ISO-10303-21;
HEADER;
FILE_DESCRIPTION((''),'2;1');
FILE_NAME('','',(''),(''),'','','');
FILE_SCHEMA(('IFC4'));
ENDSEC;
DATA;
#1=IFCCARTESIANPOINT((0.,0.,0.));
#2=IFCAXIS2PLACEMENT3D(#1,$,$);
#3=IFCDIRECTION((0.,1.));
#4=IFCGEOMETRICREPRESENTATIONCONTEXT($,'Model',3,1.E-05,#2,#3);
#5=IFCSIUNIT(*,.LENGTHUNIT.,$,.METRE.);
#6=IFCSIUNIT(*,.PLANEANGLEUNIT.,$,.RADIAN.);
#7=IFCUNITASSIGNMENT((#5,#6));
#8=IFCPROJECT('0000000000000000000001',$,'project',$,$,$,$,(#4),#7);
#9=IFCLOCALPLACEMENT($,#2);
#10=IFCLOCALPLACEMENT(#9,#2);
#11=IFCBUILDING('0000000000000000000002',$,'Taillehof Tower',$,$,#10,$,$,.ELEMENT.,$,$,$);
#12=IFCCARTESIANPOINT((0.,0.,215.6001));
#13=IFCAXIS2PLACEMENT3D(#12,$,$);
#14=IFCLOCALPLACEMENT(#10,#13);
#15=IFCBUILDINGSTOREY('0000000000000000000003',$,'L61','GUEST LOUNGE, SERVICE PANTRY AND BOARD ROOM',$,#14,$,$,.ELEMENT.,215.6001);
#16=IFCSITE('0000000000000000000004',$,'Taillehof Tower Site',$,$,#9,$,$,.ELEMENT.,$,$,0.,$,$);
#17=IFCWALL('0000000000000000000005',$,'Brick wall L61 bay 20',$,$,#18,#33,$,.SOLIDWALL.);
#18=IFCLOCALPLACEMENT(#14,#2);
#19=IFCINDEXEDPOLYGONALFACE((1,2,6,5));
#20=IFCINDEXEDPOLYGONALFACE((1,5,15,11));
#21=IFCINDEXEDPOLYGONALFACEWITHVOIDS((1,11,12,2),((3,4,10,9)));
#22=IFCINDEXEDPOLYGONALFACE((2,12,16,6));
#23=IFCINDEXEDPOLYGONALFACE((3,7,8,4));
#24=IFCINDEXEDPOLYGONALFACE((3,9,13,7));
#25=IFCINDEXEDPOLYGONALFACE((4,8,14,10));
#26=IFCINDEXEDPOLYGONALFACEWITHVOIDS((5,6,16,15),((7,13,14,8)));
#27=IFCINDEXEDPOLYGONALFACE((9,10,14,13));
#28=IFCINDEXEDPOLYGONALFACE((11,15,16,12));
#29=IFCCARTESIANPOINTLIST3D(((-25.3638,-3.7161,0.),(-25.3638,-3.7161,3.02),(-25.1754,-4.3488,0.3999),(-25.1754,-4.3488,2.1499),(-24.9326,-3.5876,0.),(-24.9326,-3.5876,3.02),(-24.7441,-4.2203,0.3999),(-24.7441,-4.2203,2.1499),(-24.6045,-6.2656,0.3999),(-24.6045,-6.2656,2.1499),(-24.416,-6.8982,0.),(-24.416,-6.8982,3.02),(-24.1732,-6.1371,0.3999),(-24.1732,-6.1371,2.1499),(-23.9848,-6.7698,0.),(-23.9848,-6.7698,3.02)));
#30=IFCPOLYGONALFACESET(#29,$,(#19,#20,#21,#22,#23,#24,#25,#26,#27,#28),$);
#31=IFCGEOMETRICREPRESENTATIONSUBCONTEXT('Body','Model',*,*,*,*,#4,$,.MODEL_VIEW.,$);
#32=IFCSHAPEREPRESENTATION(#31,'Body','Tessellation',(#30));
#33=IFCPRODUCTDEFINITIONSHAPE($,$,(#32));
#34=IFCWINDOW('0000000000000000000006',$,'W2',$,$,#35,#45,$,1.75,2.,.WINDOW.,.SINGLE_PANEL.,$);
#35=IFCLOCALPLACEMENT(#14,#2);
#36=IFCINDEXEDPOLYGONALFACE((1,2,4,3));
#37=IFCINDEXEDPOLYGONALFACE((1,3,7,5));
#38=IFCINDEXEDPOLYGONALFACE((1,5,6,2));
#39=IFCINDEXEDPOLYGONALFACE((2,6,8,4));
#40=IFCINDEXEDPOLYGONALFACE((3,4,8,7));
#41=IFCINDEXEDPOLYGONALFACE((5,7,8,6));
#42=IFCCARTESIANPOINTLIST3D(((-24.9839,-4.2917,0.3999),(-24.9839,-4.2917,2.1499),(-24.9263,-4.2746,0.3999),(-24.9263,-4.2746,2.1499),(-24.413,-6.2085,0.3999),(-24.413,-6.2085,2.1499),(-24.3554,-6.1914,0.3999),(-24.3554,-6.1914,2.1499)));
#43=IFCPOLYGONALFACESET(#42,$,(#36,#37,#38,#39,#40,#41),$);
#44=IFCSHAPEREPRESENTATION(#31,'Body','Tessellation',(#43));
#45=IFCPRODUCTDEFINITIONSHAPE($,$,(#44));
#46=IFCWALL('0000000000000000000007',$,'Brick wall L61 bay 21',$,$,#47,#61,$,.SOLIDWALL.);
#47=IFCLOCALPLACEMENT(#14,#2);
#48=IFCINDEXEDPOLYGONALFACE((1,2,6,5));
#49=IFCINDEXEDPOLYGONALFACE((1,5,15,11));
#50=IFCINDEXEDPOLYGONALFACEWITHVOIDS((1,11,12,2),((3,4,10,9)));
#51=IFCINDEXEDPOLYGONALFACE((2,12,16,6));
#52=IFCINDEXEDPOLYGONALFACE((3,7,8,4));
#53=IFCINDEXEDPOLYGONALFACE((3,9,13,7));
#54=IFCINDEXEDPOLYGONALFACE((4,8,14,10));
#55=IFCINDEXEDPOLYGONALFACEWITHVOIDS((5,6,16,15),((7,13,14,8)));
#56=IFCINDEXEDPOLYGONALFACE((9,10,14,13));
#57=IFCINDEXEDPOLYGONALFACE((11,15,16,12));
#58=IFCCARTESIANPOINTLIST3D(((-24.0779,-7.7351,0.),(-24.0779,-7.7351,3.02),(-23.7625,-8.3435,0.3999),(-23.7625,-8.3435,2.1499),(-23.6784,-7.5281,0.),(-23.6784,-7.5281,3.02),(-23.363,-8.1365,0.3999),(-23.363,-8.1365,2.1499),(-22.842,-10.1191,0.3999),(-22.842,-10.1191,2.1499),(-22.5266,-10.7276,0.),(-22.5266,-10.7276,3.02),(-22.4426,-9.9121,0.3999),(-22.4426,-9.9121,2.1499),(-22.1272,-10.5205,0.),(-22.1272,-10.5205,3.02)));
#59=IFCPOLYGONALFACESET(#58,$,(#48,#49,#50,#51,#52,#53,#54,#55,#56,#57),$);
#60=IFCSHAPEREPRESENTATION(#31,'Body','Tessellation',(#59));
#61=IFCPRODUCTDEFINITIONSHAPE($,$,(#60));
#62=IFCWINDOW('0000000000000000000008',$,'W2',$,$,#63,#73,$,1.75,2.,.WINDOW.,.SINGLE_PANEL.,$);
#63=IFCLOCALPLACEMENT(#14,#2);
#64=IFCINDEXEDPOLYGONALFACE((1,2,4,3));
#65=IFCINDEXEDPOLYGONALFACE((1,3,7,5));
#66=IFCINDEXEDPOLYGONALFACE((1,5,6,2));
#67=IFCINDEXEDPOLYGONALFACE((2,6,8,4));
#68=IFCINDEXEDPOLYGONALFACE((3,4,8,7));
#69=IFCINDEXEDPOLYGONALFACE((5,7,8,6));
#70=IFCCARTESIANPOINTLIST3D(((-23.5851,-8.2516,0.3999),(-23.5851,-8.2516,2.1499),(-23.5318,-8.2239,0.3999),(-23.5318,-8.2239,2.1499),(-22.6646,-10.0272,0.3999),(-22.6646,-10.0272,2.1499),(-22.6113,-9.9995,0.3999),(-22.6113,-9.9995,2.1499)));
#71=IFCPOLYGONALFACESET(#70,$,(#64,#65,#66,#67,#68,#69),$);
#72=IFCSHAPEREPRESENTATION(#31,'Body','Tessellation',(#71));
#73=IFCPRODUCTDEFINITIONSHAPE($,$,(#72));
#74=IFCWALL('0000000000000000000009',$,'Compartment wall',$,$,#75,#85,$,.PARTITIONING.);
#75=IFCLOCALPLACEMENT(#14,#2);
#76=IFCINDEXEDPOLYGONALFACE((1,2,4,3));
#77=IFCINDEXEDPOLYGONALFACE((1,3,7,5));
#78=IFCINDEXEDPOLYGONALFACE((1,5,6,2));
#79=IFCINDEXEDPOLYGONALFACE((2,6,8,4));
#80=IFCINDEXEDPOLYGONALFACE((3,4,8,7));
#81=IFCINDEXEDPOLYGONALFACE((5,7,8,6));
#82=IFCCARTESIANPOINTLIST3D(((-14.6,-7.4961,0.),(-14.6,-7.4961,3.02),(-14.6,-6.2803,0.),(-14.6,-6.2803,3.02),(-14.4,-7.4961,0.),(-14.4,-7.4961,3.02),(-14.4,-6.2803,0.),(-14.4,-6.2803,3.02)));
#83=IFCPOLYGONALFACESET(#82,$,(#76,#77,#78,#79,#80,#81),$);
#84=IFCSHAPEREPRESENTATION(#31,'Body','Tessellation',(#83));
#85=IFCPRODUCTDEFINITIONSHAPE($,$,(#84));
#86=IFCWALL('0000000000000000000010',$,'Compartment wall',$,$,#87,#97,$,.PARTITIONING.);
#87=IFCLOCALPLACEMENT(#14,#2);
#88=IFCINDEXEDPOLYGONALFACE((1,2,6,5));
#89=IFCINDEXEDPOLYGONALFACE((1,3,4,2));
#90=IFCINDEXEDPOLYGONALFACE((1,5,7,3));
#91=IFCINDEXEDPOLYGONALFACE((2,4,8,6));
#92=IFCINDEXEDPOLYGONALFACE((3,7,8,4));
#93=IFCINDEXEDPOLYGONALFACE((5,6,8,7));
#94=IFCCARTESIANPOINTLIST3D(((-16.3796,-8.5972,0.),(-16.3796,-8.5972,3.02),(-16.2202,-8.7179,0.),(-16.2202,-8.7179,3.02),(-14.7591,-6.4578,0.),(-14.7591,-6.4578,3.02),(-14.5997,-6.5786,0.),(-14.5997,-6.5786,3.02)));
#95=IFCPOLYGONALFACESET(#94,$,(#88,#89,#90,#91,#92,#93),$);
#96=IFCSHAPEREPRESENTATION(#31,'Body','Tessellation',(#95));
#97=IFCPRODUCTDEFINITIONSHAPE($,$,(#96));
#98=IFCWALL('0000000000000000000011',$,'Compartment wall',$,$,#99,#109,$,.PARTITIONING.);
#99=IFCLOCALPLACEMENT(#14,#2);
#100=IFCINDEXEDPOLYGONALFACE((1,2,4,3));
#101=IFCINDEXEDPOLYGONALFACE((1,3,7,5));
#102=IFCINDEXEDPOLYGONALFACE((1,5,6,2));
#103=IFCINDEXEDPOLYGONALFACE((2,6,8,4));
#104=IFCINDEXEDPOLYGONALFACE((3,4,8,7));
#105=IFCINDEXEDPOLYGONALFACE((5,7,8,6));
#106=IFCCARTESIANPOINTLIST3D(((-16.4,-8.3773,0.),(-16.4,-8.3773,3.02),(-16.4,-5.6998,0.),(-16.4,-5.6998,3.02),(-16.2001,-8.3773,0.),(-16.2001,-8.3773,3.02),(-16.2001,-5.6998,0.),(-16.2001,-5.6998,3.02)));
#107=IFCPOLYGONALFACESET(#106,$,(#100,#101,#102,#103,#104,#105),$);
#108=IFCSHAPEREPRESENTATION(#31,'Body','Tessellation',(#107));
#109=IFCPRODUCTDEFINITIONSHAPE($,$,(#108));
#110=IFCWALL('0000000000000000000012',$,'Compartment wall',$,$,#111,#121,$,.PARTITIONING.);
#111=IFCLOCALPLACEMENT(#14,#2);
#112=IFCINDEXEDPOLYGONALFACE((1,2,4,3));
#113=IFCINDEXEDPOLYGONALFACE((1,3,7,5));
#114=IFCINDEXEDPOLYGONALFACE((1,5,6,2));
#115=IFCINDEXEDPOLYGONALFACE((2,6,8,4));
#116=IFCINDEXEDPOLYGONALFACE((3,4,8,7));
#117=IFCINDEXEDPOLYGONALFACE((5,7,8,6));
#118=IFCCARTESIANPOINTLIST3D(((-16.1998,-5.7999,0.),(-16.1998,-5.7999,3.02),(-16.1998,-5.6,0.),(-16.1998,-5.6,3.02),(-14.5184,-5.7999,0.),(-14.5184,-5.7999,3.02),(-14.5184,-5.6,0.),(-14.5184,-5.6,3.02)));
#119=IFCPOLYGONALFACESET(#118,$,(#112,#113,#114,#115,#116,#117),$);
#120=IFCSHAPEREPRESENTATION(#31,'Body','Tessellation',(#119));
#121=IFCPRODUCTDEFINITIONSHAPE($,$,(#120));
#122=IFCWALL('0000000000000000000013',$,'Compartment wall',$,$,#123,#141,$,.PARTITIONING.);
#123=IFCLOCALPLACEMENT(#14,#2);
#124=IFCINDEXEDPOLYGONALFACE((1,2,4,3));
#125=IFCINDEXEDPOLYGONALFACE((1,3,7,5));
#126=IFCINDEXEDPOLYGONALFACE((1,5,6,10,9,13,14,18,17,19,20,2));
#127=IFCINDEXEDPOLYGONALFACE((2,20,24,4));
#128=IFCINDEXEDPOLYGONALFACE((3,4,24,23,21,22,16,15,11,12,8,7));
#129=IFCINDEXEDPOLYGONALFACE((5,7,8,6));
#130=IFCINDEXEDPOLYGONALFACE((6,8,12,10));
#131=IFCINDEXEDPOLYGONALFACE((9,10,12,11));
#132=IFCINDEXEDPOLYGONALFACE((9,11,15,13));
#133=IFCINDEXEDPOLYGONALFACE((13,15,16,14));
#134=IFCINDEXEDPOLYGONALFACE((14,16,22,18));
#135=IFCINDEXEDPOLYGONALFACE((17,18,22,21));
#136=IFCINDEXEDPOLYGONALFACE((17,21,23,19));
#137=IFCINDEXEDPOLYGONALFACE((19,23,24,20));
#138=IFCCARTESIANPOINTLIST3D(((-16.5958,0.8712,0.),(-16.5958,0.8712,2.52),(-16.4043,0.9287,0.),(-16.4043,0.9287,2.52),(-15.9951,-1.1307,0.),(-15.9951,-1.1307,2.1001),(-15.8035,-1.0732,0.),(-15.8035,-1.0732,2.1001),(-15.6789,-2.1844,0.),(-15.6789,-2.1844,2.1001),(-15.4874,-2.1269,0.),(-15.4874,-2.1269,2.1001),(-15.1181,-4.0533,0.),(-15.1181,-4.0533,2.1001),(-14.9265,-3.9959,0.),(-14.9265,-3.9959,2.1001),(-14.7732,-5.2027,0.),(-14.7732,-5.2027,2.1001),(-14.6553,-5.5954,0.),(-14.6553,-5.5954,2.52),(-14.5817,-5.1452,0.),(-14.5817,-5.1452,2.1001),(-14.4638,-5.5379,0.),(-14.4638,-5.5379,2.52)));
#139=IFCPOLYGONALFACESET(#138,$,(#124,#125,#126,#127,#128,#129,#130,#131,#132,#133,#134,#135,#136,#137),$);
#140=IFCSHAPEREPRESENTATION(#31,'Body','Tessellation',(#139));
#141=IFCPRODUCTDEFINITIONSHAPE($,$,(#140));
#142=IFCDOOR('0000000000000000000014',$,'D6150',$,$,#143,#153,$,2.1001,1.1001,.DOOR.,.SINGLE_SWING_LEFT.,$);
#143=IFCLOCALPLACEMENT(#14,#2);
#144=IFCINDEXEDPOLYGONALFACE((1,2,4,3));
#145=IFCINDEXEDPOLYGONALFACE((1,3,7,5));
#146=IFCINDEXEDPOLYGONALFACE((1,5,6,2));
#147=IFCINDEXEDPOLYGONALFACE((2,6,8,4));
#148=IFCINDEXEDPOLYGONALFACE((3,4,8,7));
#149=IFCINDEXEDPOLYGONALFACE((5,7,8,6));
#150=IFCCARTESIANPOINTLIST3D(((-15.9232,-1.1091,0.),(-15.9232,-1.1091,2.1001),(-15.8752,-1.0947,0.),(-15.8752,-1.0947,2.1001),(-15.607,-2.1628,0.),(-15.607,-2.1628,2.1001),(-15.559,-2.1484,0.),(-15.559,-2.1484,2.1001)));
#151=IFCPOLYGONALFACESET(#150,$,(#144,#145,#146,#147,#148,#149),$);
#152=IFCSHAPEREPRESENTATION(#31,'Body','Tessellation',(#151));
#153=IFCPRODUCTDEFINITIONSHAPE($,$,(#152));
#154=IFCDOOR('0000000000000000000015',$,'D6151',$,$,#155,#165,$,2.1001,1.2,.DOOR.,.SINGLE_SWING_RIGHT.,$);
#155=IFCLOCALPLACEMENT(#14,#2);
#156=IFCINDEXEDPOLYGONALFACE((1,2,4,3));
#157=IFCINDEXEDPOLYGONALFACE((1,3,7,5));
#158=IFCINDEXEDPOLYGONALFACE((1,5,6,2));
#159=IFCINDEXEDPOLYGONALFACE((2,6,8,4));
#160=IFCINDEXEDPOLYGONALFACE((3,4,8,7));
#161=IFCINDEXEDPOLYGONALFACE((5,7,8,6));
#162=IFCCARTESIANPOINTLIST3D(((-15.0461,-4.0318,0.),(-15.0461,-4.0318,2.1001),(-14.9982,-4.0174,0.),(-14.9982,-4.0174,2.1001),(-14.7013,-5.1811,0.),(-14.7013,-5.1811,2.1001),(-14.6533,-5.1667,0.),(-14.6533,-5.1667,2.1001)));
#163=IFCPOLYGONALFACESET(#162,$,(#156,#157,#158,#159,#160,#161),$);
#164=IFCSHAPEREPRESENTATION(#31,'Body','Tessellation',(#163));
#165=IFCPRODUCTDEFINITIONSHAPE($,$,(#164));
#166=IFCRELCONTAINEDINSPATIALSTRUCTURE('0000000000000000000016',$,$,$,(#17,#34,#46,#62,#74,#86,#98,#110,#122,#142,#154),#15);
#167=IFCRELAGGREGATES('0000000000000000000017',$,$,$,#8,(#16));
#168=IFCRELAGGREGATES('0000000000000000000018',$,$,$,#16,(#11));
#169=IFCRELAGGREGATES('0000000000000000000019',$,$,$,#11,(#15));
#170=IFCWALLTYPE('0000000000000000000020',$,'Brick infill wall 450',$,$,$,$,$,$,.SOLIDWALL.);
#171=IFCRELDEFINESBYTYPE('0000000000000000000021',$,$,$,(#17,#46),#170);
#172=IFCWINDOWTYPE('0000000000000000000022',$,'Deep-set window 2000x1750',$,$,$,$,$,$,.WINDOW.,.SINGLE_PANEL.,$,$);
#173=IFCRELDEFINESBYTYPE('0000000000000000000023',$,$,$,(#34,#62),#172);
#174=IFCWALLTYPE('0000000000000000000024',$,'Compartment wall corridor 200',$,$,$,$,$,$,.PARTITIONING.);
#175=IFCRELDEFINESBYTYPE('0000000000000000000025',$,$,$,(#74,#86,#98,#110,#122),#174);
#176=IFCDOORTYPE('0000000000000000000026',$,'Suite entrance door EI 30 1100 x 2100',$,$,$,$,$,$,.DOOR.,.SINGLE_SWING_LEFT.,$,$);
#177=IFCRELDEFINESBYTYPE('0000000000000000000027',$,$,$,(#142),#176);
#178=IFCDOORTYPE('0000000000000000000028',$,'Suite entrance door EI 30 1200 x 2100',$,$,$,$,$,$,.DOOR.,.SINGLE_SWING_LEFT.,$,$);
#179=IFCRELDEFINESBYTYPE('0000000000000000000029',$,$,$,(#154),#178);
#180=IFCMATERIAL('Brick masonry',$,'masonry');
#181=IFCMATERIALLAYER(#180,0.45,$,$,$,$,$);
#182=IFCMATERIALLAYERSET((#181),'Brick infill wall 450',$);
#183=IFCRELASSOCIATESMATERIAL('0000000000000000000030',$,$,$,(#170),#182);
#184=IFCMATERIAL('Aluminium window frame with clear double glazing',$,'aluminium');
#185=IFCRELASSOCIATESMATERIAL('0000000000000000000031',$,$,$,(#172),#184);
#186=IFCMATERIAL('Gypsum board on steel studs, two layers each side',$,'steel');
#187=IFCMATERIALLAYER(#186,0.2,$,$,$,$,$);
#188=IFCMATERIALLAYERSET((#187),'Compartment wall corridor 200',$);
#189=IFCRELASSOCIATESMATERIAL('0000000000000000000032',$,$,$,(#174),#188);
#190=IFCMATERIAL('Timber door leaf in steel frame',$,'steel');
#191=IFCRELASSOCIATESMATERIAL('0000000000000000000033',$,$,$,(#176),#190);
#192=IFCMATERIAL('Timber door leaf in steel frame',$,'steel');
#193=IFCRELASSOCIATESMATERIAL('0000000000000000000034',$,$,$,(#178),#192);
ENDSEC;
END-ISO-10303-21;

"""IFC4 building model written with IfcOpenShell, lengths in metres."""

from ifc_helpers import new_model, si_unit, direction, frame, frame_2d, origin, place, context, subcontext, project, spatial, rectangle, extrude, material, layer, layer_set, type_object, element, fill, save


model = new_model("IFC4")

# Units and contexts
model_context = context("Model", 3, precision=1e-05, world=origin(), true_north=direction((0.0, 1.0)))
body_context = subcontext(model_context, "Body", "Model", "MODEL_VIEW")
ifc_project = project(units=[si_unit("LENGTHUNIT", "METRE"), si_unit("PLANEANGLEUNIT", "RADIAN")], contexts=[model_context])

# Site, building, storey
site_placement = place(None, origin())
site = spatial("IfcSite", under=ifc_project, at=site_placement, Name="Taillehof Tower Site", CompositionType="ELEMENT", RefElevation=0.0)
building_placement = place(site_placement, origin())
building = spatial("IfcBuilding", under=site, at=building_placement, Name="Taillehof Tower", CompositionType="ELEMENT")
storey_placement = place(building_placement, frame((0.0, 0.0, 215.6001)))
storey = spatial("IfcBuildingStorey", under=building, at=storey_placement, Name="L61", Description="GUEST LOUNGE, SERVICE PANTRY AND BOARD ROOM", CompositionType="ELEMENT", Elevation=215.6001)

# Walls, openings, windows
ifc_material_1 = material(Name="Brick masonry", Category="masonry")
ifc_layer_1 = layer(ifc_material_1, 0.45)
ifc_layer_set_1 = layer_set([ifc_layer_1], Name="Brick infill wall 450")
wall_type_1 = type_object("IfcWallType", Name="Brick infill wall 450", PredefinedType="SOLIDWALL", material=ifc_layer_set_1)
ifc_material_2 = material(Name="Aluminium window frame with clear double glazing", Category="aluminium")
window_type = type_object("IfcWindowType", Name="Deep-set window 2000x1750", PartitioningType="SINGLE_PANEL", PredefinedType="WINDOW", material=ifc_material_2)
wall_1_placement = place(storey_placement, frame((-25.1482, -3.6519, 0.0), z_axis=(0.0, 0.0, 1.0), x_axis=(0.285445, -0.958395, 0.0)))
wall_1 = element("IfcWall", 1, at=wall_1_placement, inside=storey, type_object=wall_type_1, Name="Brick wall L61 bay 20", PredefinedType="SOLIDWALL", context=body_context, shape_type="SweptSolid", body=[
    extrude(rectangle(XDim=3.3203, YDim=0.45, at=frame_2d((1.6602, 0.0))), origin(), (0.0, 0.0, 1.0), 3.02),
])
opening_1_placement = place(wall_1_placement, frame((0.6602, 0.0, 0.3999)))
opening_1 = element("IfcOpeningElement", 2, at=opening_1_placement, cuts=wall_1, PredefinedType="OPENING", context=body_context, shape_type="SweptSolid", body=[
    extrude(rectangle(XDim=2.0, YDim=1.75, at=frame_2d((1.0, 0.875))), frame((0.0, 0.2349, 0.0), z_axis=(0.0, -1.0, 0.0), x_axis=(1.0, 0.0, 0.0)), (0.0, 0.0, 1.0), 0.47),
])
window_1_placement = place(opening_1_placement, origin())
window_1 = element("IfcWindow", 3, at=window_1_placement, inside=storey, type_object=window_type, Name="W2", OverallHeight=1.75, OverallWidth=2.0, PartitioningType="SINGLE_PANEL", PredefinedType="WINDOW", context=body_context, shape_type="SweptSolid", body=[
    extrude(rectangle(XDim=2.0, YDim=1.75, at=frame_2d((1.0, 0.875))), frame((0.0, 0.0349, 0.0), z_axis=(0.0, -1.0, 0.0), x_axis=(1.0, 0.0, 0.0)), (0.0, 0.0, 1.0), 0.0601),
])
fill(opening_1, window_1)
wall_2_placement = place(storey_placement, frame((-23.8782, -7.6316, 0.0), z_axis=(0.0, 0.0, 1.0), x_axis=(0.460233, -0.887798, 0.0)))
wall_2 = element("IfcWall", 4, at=wall_2_placement, inside=storey, type_object=wall_type_1, Name="Brick wall L61 bay 21", PredefinedType="SOLIDWALL", context=body_context, shape_type="SweptSolid", body=[
    extrude(rectangle(XDim=3.3706, YDim=0.45, at=frame_2d((1.6853, 0.0))), origin(), (0.0, 0.0, 1.0), 3.02),
])
opening_2_placement = place(wall_2_placement, frame((0.6853, 0.0, 0.3999)))
opening_2 = element("IfcOpeningElement", 5, at=opening_2_placement, cuts=wall_2, PredefinedType="OPENING", context=body_context, shape_type="SweptSolid", body=[
    extrude(rectangle(XDim=2.0, YDim=1.75, at=frame_2d((1.0, 0.875))), frame((0.0, 0.2349, 0.0), z_axis=(0.0, -1.0, 0.0), x_axis=(1.0, 0.0, 0.0)), (0.0, 0.0, 1.0), 0.47),
])
window_2_placement = place(opening_2_placement, origin())
window_2 = element("IfcWindow", 6, at=window_2_placement, inside=storey, type_object=window_type, Name="W2", OverallHeight=1.75, OverallWidth=2.0, PartitioningType="SINGLE_PANEL", PredefinedType="WINDOW", context=body_context, shape_type="SweptSolid", body=[
    extrude(rectangle(XDim=2.0, YDim=1.75, at=frame_2d((1.0, 0.875))), frame((0.0, 0.0349, 0.0), z_axis=(0.0, -1.0, 0.0), x_axis=(1.0, 0.0, 0.0)), (0.0, 0.0, 1.0), 0.0601),
])
fill(opening_2, window_2)

# Walls
ifc_material_3 = material(Name="Gypsum board on steel studs, two layers each side", Category="steel")
ifc_layer_2 = layer(ifc_material_3, 0.2)
ifc_layer_set_2 = layer_set([ifc_layer_2], Name="Compartment wall corridor 200")
wall_type_2 = type_object("IfcWallType", Name="Compartment wall corridor 200", PredefinedType="PARTITIONING", material=ifc_layer_set_2)
wall_3_placement = place(storey_placement, frame((-14.5, -7.4961, 0.0), z_axis=(0.0, 0.0, 1.0), x_axis=(0.0, 1.0, 0.0)))
element("IfcWall", 7, at=wall_3_placement, inside=storey, type_object=wall_type_2, Name="Compartment wall", PredefinedType="PARTITIONING", context=body_context, shape_type="SweptSolid", body=[
    extrude(rectangle(XDim=1.2158, YDim=0.2, at=frame_2d((0.6079, 0.0))), origin(), (0.0, 0.0, 1.0), 3.02),
])
wall_4_placement = place(storey_placement, frame((-14.6794, -6.5183, 0.0), z_axis=(0.0, 0.0, 1.0), x_axis=(-0.603821, -0.79712, 0.0)))
element("IfcWall", 8, at=wall_4_placement, inside=storey, type_object=wall_type_2, Name="Compartment wall", PredefinedType="PARTITIONING", context=body_context, shape_type="SweptSolid", body=[
    extrude(rectangle(XDim=2.6838, YDim=0.2, at=frame_2d((1.3418, 0.0))), origin(), (0.0, 0.0, 1.0), 3.02),
])
wall_5_placement = place(storey_placement, frame((-16.3, -8.3774, 0.0), z_axis=(0.0, 0.0, 1.0), x_axis=(0.0, 1.0, 0.0)))
element("IfcWall", 9, at=wall_5_placement, inside=storey, type_object=wall_type_2, Name="Compartment wall", PredefinedType="PARTITIONING", context=body_context, shape_type="SweptSolid", body=[
    extrude(rectangle(XDim=2.6775, YDim=0.2, at=frame_2d((1.3389, 0.0))), origin(), (0.0, 0.0, 1.0), 3.02),
])
wall_6_placement = place(storey_placement, frame((-16.2, -5.7, 0.0), z_axis=(0.0, 0.0, 1.0), x_axis=(1.0, 0.0, 0.0)))
element("IfcWall", 10, at=wall_6_placement, inside=storey, type_object=wall_type_2, Name="Compartment wall", PredefinedType="PARTITIONING", context=body_context, shape_type="SweptSolid", body=[
    extrude(rectangle(XDim=1.6814, YDim=0.2, at=frame_2d((0.8408, 0.0))), origin(), (0.0, 0.0, 1.0), 3.02),
])

# Wall, openings, doors
wall_7_placement = place(storey_placement, frame((-14.5596, -5.5667, 0.0), z_axis=(0.0, 0.0, 1.0), x_axis=(-0.287411, 0.957807, 0.0)))
wall_7 = element("IfcWall", 11, at=wall_7_placement, inside=storey, type_object=wall_type_2, Name="Compartment wall", PredefinedType="PARTITIONING", context=body_context, shape_type="SweptSolid", body=[
    extrude(rectangle(XDim=6.7515, YDim=0.2, at=frame_2d((3.3757, 0.0))), origin(), (0.0, 0.0, 1.0), 2.52),
])
opening_3_placement = place(wall_7_placement, frame((3.5613, 0.0, 0.0)))
opening_3 = element("IfcOpeningElement", 12, at=opening_3_placement, cuts=wall_7, PredefinedType="OPENING", context=body_context, shape_type="SweptSolid", body=[
    extrude(rectangle(XDim=1.1001, YDim=2.1001, at=frame_2d((0.55, 1.05))), frame((0.0, 0.1099, 0.0), z_axis=(0.0, -1.0, 0.0), x_axis=(1.0, 0.0, 0.0)), (0.0, 0.0, 1.0), 0.22),
])
opening_4_placement = place(wall_7_placement, frame((0.4099, 0.0, 0.0)))
opening_4 = element("IfcOpeningElement", 13, at=opening_4_placement, cuts=wall_7, PredefinedType="OPENING", context=body_context, shape_type="SweptSolid", body=[
    extrude(rectangle(XDim=1.2, YDim=2.1001, at=frame_2d((0.6001, 1.05))), frame((0.0, 0.1099, 0.0), z_axis=(0.0, -1.0, 0.0), x_axis=(1.0, 0.0, 0.0)), (0.0, 0.0, 1.0), 0.22),
])
ifc_material_4 = material(Name="Timber door leaf in steel frame", Category="steel")
door_type_1 = type_object("IfcDoorType", Name="Suite entrance door EI 30 1100 x 2100", OperationType="SINGLE_SWING_LEFT", PredefinedType="DOOR", material=ifc_material_4)
door_1_placement = place(opening_3_placement, origin())
door_1 = element("IfcDoor", 14, at=door_1_placement, inside=storey, type_object=door_type_1, Name="D6150", OperationType="SINGLE_SWING_LEFT", OverallHeight=2.1001, OverallWidth=1.1001, PredefinedType="DOOR", context=body_context, shape_type="SweptSolid", body=[
    extrude(rectangle(XDim=1.1001, YDim=2.1001, at=frame_2d((0.55, 1.05))), frame((0.0, 0.0249, 0.0), z_axis=(0.0, -1.0, 0.0), x_axis=(1.0, 0.0, 0.0)), (0.0, 0.0, 1.0), 0.05),
])
fill(opening_3, door_1)
ifc_material_5 = material(Name="Timber door leaf in steel frame", Category="steel")
door_type_2 = type_object("IfcDoorType", Name="Suite entrance door EI 30 1200 x 2100", OperationType="SINGLE_SWING_LEFT", PredefinedType="DOOR", material=ifc_material_5)
door_2_placement = place(opening_4_placement, origin())
door_2 = element("IfcDoor", 15, at=door_2_placement, inside=storey, type_object=door_type_2, Name="D6151", OperationType="SINGLE_SWING_RIGHT", OverallHeight=2.1001, OverallWidth=1.2, PredefinedType="DOOR", context=body_context, shape_type="SweptSolid", body=[
    extrude(rectangle(XDim=1.2, YDim=2.1001, at=frame_2d((0.6001, 1.05))), frame((0.0, 0.0249, 0.0), z_axis=(0.0, -1.0, 0.0), x_axis=(1.0, 0.0, 0.0)), (0.0, 0.0, 1.0), 0.05),
])
fill(opening_4, door_2)

save(model, "model.ifc")
